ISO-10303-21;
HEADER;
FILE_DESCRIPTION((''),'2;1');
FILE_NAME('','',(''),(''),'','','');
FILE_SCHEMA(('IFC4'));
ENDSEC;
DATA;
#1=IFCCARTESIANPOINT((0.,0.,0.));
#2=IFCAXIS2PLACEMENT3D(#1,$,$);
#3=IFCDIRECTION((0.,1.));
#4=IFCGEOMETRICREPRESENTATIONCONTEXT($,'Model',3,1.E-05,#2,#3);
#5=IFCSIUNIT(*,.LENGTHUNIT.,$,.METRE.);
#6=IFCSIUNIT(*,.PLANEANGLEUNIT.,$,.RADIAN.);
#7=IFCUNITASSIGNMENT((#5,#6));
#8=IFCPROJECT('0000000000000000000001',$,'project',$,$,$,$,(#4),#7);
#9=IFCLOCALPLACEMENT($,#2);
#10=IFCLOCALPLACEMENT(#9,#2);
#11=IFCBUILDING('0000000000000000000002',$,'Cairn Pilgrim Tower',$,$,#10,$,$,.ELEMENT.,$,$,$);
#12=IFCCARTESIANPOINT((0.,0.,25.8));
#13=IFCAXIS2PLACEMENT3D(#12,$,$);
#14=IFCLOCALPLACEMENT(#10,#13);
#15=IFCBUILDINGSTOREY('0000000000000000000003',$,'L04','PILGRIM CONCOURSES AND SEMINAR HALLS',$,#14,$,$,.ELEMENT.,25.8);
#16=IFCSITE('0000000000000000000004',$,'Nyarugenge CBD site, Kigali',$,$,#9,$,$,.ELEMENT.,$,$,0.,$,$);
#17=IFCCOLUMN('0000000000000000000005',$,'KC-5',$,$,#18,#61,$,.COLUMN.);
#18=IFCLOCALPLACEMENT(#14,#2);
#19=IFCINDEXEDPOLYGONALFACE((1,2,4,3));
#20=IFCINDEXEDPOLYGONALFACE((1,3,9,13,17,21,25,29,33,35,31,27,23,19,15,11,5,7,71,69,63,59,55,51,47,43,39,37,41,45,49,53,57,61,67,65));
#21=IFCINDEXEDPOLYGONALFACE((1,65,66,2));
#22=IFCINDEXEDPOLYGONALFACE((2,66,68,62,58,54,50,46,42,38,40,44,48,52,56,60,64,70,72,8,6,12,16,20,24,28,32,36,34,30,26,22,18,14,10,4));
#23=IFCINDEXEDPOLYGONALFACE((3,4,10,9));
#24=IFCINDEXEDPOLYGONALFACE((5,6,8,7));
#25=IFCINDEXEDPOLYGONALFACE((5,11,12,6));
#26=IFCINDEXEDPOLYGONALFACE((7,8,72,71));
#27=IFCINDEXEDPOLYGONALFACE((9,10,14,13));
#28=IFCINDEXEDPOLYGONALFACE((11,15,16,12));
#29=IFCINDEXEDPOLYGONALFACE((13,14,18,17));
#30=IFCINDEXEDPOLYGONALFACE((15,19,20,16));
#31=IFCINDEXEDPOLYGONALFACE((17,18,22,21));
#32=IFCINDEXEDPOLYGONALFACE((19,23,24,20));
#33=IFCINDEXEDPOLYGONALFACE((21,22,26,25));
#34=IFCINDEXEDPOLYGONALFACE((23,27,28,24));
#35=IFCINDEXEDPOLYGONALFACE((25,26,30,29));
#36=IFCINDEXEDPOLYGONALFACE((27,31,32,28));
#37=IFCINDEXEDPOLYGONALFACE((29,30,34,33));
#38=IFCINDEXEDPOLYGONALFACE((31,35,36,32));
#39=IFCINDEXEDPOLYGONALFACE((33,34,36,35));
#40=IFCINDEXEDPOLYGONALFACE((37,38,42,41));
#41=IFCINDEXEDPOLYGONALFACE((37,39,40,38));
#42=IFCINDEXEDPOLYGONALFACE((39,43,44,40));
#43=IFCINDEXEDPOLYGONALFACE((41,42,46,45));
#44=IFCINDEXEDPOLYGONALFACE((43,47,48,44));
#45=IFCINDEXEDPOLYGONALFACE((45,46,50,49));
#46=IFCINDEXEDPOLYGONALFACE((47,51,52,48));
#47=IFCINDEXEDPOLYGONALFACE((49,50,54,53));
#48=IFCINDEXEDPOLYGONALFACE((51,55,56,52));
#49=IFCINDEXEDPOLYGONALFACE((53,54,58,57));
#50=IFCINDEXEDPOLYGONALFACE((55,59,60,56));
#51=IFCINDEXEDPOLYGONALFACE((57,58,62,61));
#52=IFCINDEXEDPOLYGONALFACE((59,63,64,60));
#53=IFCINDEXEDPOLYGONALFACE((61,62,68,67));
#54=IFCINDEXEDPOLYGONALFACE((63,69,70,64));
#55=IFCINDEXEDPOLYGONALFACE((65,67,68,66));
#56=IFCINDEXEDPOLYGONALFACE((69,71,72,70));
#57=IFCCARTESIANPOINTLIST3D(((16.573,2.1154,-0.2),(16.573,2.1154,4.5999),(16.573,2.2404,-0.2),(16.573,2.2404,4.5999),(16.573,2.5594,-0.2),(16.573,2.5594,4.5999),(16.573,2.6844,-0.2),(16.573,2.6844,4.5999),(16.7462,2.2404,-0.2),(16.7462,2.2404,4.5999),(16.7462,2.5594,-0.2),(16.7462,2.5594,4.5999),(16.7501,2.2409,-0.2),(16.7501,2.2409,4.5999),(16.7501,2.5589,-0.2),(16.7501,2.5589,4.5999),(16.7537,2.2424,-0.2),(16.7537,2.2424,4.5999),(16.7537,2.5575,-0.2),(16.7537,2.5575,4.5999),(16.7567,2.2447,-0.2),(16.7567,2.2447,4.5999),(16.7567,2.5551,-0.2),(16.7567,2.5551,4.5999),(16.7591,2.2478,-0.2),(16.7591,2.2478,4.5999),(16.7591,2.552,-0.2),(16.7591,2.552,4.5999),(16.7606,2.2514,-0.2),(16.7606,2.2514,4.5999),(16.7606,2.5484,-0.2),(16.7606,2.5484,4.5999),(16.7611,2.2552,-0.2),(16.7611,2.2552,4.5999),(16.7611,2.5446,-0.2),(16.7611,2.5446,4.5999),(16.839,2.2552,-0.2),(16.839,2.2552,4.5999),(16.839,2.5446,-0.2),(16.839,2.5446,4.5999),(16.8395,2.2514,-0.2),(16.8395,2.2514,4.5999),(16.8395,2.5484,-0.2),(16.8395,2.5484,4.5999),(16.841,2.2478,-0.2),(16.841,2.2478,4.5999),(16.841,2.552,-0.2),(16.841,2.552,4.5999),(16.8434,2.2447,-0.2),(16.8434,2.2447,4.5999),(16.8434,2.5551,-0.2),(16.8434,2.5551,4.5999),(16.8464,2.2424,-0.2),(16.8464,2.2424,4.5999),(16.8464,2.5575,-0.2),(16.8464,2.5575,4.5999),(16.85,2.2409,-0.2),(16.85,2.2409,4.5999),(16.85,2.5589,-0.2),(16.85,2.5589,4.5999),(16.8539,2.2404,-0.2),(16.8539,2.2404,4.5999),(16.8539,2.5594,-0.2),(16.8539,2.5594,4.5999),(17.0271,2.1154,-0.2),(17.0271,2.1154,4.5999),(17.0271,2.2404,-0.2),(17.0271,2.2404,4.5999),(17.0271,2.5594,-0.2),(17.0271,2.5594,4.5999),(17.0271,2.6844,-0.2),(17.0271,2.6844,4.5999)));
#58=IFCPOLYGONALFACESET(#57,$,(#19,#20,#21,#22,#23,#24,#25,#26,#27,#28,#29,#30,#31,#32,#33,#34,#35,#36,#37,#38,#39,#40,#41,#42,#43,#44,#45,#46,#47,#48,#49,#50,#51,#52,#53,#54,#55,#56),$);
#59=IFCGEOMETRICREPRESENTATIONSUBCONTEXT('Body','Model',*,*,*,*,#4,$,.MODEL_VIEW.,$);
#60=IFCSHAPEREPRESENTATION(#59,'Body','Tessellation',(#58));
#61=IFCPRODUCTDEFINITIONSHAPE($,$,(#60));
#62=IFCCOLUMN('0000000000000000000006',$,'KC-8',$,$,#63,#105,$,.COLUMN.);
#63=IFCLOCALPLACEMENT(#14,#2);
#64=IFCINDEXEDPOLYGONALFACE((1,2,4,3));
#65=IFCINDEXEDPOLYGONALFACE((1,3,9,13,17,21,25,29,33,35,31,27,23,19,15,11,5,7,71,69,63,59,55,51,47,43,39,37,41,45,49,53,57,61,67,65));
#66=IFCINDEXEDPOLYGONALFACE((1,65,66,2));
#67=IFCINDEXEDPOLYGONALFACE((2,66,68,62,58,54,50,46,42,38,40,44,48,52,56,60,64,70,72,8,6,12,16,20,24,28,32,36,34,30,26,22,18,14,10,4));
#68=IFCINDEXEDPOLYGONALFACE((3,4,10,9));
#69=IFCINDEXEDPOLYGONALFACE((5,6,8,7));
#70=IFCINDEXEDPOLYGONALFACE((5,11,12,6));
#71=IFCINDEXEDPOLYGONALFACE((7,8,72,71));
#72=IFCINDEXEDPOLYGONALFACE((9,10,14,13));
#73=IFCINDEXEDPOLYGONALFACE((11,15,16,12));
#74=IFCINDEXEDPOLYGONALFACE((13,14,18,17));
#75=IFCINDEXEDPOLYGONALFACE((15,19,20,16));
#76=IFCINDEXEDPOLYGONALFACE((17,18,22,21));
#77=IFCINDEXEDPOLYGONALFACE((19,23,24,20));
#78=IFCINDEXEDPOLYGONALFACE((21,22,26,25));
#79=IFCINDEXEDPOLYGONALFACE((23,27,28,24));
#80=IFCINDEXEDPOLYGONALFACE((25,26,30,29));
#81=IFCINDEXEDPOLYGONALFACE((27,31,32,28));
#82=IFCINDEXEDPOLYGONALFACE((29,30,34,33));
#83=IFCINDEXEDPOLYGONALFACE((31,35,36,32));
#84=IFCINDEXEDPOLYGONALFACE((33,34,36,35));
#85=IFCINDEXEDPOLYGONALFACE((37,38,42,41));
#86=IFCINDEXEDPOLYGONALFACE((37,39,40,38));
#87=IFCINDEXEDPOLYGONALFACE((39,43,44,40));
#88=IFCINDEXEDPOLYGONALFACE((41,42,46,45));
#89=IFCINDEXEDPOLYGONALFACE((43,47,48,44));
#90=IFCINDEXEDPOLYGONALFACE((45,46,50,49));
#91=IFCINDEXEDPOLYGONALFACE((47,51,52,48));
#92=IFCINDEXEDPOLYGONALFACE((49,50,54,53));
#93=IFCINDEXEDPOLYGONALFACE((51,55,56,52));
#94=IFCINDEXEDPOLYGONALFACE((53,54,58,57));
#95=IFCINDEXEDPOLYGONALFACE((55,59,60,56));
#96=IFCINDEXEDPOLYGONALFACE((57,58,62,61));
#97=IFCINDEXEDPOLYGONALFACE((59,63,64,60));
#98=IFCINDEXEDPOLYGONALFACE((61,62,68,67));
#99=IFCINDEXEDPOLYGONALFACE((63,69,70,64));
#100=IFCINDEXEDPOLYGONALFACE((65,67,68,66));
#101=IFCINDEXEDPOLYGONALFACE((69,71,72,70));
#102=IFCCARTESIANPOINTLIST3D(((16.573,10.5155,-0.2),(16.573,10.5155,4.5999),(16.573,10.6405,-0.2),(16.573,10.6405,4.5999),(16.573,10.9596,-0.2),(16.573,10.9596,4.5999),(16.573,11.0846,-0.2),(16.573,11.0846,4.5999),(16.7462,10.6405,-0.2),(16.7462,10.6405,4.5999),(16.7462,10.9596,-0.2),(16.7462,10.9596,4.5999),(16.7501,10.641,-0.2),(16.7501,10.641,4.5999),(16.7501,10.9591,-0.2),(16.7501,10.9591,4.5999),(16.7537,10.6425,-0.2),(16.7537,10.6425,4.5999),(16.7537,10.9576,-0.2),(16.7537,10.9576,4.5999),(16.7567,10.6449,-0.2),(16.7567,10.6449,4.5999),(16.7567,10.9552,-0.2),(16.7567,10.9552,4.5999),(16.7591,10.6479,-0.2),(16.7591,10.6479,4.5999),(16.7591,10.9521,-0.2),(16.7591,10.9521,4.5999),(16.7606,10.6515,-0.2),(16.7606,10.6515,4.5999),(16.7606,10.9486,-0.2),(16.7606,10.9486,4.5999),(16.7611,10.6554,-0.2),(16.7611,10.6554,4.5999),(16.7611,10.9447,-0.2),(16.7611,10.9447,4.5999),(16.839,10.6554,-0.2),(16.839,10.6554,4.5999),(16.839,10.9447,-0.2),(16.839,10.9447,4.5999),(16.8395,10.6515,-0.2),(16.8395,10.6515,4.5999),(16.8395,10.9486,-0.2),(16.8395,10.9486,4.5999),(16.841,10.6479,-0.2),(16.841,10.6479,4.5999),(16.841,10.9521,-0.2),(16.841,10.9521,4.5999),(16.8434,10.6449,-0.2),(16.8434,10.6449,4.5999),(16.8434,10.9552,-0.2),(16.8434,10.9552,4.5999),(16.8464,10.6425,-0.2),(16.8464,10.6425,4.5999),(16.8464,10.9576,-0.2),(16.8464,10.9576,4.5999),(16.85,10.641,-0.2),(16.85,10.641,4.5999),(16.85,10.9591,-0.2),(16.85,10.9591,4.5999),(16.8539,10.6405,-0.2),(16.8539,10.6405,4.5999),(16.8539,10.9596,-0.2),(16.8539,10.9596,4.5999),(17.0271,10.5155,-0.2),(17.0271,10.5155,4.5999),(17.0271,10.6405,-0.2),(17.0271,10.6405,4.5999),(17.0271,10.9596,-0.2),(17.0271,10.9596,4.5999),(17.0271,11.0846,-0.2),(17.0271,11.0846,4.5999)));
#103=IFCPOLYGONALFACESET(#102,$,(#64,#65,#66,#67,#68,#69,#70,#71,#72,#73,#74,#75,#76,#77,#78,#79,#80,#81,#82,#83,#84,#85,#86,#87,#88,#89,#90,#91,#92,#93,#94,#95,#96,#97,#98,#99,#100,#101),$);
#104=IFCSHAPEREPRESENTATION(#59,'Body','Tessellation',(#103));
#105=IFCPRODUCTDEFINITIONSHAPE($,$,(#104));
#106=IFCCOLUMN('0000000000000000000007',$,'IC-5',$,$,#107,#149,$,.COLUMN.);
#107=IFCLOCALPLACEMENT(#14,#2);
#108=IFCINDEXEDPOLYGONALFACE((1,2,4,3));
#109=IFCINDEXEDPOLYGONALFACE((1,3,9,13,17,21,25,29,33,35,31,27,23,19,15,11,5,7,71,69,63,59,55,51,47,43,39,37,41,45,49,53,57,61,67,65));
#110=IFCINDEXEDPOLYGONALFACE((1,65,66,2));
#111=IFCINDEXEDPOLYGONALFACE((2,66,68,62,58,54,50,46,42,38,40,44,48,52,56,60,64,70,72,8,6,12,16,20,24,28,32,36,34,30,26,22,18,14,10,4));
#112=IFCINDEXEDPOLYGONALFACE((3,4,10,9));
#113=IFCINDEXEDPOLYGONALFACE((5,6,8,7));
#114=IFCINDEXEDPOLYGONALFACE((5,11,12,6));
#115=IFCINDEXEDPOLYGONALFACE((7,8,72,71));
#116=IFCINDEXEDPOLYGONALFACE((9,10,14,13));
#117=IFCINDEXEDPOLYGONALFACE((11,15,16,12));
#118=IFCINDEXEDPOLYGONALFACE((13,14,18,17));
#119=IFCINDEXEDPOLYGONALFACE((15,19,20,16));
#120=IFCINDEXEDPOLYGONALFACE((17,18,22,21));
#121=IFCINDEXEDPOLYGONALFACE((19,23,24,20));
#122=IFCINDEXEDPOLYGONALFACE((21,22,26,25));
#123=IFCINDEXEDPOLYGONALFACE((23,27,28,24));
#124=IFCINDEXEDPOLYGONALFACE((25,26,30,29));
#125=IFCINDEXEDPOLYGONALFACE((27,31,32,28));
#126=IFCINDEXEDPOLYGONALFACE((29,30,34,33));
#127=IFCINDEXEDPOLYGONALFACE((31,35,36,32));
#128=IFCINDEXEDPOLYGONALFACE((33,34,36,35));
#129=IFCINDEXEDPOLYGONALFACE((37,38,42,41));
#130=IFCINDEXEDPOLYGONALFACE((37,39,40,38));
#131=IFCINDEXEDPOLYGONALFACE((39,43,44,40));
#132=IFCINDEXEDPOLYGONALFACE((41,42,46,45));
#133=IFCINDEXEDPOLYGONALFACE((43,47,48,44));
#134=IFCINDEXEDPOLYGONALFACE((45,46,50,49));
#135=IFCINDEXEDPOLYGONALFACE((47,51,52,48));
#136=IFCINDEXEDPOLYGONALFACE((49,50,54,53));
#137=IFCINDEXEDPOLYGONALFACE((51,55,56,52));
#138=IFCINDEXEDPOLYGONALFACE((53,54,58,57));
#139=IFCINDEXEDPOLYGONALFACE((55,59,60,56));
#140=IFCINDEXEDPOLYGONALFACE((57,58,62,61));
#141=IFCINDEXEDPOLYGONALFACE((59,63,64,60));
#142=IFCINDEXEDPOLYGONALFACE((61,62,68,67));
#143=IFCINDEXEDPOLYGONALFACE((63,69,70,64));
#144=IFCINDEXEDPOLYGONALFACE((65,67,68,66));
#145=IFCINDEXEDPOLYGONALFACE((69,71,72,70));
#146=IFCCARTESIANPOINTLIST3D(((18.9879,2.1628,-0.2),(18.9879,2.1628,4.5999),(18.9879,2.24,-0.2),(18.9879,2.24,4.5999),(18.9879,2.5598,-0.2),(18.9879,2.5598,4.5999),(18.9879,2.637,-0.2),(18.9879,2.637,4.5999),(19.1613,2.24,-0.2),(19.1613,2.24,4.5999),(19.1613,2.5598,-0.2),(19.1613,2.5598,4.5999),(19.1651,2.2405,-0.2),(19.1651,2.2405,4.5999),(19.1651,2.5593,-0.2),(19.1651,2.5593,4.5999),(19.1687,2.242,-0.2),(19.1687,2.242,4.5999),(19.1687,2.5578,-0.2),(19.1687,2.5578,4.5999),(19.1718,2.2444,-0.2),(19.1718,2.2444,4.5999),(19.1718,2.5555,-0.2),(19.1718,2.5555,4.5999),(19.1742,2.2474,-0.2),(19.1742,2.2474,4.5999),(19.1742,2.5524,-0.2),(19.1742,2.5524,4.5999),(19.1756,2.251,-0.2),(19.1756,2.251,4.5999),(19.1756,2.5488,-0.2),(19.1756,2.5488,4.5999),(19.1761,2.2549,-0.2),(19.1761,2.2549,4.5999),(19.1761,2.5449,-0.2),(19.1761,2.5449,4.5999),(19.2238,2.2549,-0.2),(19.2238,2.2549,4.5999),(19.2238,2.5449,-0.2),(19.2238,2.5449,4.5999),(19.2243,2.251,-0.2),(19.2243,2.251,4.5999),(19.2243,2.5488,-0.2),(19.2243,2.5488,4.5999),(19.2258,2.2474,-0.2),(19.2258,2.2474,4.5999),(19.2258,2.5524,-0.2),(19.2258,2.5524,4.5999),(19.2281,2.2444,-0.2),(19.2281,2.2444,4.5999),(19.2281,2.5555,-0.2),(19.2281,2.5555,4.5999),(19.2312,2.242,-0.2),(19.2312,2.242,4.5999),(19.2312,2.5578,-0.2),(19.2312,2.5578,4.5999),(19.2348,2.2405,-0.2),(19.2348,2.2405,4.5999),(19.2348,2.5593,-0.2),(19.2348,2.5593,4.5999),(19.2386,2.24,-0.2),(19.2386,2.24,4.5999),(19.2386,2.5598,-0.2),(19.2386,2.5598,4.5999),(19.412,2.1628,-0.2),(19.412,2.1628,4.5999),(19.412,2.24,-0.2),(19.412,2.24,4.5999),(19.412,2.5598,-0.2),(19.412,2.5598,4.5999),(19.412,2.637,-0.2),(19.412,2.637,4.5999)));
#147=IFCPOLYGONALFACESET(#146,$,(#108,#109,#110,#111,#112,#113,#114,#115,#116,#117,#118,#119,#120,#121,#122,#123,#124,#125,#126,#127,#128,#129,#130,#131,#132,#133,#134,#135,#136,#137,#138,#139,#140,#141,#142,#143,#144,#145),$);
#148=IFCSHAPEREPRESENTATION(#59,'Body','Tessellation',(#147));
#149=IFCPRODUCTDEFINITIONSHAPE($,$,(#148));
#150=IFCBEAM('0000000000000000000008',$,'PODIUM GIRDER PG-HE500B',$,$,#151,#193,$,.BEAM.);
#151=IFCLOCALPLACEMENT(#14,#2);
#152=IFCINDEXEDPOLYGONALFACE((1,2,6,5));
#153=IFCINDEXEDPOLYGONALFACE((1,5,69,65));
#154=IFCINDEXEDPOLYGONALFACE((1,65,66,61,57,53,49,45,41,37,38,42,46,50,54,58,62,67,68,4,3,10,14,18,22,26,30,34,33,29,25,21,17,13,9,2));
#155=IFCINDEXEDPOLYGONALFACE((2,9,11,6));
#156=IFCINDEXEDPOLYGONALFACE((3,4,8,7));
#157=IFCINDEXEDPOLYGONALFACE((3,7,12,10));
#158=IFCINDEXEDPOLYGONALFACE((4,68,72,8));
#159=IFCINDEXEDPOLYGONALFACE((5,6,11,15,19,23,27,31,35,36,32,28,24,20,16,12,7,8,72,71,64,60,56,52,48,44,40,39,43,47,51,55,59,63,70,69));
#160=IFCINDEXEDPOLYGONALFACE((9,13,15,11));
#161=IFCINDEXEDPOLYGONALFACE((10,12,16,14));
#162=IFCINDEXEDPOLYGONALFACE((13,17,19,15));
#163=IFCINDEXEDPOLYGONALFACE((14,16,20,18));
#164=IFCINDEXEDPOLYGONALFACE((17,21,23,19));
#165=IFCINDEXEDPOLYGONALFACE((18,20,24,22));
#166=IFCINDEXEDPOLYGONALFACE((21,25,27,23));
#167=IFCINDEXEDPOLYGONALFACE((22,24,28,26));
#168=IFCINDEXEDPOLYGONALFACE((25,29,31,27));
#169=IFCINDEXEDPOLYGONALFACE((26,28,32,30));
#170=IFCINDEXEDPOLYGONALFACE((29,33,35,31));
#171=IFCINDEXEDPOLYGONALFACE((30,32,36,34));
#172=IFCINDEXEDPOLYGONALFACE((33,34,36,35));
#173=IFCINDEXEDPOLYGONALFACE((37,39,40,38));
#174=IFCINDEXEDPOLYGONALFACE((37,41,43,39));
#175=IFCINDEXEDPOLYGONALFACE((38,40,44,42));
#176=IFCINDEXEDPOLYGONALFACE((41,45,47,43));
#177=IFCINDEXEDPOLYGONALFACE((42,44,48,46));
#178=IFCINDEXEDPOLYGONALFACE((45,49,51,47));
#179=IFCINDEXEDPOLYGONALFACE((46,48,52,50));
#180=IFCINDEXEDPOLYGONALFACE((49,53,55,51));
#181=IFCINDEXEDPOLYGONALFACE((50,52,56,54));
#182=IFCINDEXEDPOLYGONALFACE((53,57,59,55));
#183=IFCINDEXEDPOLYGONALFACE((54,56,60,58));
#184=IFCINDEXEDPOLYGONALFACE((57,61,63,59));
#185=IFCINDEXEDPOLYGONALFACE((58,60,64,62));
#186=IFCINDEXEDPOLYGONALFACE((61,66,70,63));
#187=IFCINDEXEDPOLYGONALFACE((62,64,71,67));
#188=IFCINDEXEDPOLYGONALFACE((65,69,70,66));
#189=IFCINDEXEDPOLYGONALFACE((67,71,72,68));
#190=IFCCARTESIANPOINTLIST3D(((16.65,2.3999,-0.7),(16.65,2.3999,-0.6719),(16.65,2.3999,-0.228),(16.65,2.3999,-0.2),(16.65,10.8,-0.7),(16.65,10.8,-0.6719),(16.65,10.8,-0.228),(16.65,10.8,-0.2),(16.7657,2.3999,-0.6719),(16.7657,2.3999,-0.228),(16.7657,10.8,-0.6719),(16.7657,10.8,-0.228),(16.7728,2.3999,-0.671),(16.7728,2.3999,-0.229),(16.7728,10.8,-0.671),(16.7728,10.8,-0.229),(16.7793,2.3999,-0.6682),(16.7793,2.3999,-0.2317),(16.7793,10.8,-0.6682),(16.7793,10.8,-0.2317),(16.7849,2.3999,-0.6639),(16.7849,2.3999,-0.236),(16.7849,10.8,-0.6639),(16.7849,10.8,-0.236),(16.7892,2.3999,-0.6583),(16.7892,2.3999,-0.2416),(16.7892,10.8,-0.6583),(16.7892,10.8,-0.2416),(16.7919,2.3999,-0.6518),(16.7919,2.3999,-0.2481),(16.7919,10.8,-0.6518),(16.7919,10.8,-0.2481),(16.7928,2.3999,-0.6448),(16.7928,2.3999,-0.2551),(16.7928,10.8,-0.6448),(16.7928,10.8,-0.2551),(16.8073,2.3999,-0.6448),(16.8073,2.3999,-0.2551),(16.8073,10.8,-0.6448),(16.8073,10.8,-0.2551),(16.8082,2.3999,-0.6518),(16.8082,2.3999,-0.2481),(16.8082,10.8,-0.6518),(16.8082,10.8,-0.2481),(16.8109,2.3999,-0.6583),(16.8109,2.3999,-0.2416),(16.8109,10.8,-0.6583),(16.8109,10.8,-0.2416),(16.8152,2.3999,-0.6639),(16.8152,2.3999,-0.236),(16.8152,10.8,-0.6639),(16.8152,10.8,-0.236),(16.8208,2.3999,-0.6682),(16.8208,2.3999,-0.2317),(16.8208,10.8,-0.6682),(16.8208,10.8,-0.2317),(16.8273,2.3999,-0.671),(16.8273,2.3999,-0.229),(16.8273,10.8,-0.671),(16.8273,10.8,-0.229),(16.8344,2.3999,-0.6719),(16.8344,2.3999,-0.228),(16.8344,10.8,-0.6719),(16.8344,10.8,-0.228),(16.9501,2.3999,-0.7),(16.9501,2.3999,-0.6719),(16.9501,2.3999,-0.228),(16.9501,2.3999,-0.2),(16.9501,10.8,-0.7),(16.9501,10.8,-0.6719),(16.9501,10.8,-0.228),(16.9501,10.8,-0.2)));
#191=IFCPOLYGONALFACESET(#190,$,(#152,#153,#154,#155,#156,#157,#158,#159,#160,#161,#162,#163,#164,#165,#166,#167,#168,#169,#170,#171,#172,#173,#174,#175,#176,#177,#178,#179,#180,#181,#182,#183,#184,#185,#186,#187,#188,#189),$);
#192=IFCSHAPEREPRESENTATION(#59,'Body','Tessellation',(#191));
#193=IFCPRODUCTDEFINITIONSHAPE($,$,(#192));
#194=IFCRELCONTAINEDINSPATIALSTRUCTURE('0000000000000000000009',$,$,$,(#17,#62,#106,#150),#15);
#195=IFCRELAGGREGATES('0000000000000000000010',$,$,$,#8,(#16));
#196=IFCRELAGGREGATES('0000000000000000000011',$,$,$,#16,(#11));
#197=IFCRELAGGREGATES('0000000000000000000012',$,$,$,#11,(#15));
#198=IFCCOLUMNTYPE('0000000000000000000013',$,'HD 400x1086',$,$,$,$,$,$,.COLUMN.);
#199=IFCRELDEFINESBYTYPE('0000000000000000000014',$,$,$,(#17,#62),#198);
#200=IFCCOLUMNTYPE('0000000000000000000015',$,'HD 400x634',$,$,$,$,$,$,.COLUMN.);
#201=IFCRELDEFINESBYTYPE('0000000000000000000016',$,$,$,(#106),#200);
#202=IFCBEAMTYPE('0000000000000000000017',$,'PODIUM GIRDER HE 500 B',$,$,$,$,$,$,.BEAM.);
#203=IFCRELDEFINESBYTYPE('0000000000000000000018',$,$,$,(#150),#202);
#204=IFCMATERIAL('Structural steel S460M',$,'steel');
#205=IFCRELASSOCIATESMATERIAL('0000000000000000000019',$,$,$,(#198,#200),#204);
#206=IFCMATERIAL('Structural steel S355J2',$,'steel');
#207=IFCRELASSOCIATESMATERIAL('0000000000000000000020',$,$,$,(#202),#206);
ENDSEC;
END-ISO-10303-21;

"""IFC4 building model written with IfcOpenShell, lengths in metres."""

from ifc_helpers import new_model, si_unit, direction, frame, origin, origin_2d, place, context, subcontext, project, spatial, i_section, extrude, material, material_profile, profile_set, type_object, element, save


model = new_model("IFC4")

# Units and contexts
model_context = context("Model", 3, precision=1e-05, world=origin(), true_north=direction((0.0, 1.0)))
body_context = subcontext(model_context, "Body", "Model", "MODEL_VIEW")
ifc_project = project(units=[si_unit("LENGTHUNIT", "METRE"), si_unit("PLANEANGLEUNIT", "RADIAN")], contexts=[model_context])

# Site, building, storey
site_placement = place(None, origin())
site = spatial("IfcSite", under=ifc_project, at=site_placement, Name="Nyarugenge CBD site, Kigali", CompositionType="ELEMENT", RefElevation=0.0)
building_placement = place(site_placement, origin())
building = spatial("IfcBuilding", under=site, at=building_placement, Name="Cairn Pilgrim Tower", CompositionType="ELEMENT")
storey_placement = place(building_placement, frame((0.0, 0.0, 25.8)))
storey = spatial("IfcBuildingStorey", under=building, at=storey_placement, Name="L04", Description="PILGRIM CONCOURSES AND SEMINAR HALLS", CompositionType="ELEMENT", Elevation=25.8)

# Columns
ifc_material_1 = material(Name="Structural steel S460M", Category="steel")
ifc_material_profile_1 = material_profile(ifc_material_1, i_section(OverallWidth=0.4541, OverallDepth=0.5691, WebThickness=0.0779, FlangeThickness=0.125, FilletRadius=0.0149, at=origin_2d()), Name="HD 400x1086")
ifc_profile_set_1 = profile_set([ifc_material_profile_1], Name="Structural steel S460M")
column_type_1 = type_object("IfcColumnType", Name="HD 400x1086", PredefinedType="COLUMN", material=ifc_profile_set_1)
for number, where, z_axis, x_axis, name in (
    (1, (16.8, 2.3999, -0.2), (0.0, 0.0, 1.0), (1.0, 0.0, 0.0), "KC-5"),
    (2, (16.8, 10.8, -0.2), (0.0, 0.0, 1.0), (1.0, 0.0, 0.0), "KC-8"),
):
    element("IfcColumn", number, at=place(storey_placement, frame(where, z_axis=z_axis, x_axis=x_axis)), inside=storey, type_object=column_type_1, Name=name, PredefinedType="COLUMN", context=body_context, shape_type="SweptSolid", body=[
        extrude(i_section(OverallWidth=0.4541, OverallDepth=0.5691, WebThickness=0.0779, FlangeThickness=0.125, FilletRadius=0.0149, at=origin_2d()), origin(), (0.0, 0.0, 1.0), 4.7998),
    ])
ifc_material_profile_2 = material_profile(ifc_material_1, i_section(OverallWidth=0.4241, OverallDepth=0.4741, WebThickness=0.0476, FlangeThickness=0.0771, FilletRadius=0.0149, at=origin_2d()), Name="HD 400x634")
ifc_profile_set_2 = profile_set([ifc_material_profile_2], Name="Structural steel S460M")
column_type_2 = type_object("IfcColumnType", Name="HD 400x634", PredefinedType="COLUMN", material=ifc_profile_set_2)
column_placement = place(storey_placement, frame((19.2, 2.3999, -0.2), z_axis=(0.0, 0.0, 1.0), x_axis=(1.0, 0.0, 0.0)))
element("IfcColumn", 3, at=column_placement, inside=storey, type_object=column_type_2, Name="IC-5", PredefinedType="COLUMN", context=body_context, shape_type="SweptSolid", body=[
    extrude(i_section(OverallWidth=0.4241, OverallDepth=0.4741, WebThickness=0.0476, FlangeThickness=0.0771, FilletRadius=0.0149, at=origin_2d()), origin(), (0.0, 0.0, 1.0), 4.7998),
])

# Beam
ifc_material_2 = material(Name="Structural steel S355J2", Category="steel")
ifc_material_profile_3 = material_profile(ifc_material_2, i_section(OverallWidth=0.3, OverallDepth=0.5, WebThickness=0.0144, FlangeThickness=0.0281, FilletRadius=0.0271, at=origin_2d()), Name="HEB 500")
ifc_profile_set_3 = profile_set([ifc_material_profile_3], Name="Structural steel S355J2")
beam_type_1 = type_object("IfcBeamType", Name="PODIUM GIRDER HE 500 B", PredefinedType="BEAM", material=ifc_profile_set_3)
beam_1_placement = place(storey_placement, frame((16.8, 2.3999, -0.45), z_axis=(0.0, 1.0, 0.0), x_axis=(-1.0, 0.0, 0.0)))
element("IfcBeam", 4, at=beam_1_placement, inside=storey, type_object=beam_type_1, Name="PODIUM GIRDER PG-HE500B", PredefinedType="BEAM", context=body_context, shape_type="SweptSolid", body=[
    extrude(i_section(OverallWidth=0.3, OverallDepth=0.5, WebThickness=0.0144, FlangeThickness=0.0281, FilletRadius=0.0271, at=origin_2d()), origin(), (0.0, 0.0, 1.0), 8.4001),
])

save(model, "model.ifc")
